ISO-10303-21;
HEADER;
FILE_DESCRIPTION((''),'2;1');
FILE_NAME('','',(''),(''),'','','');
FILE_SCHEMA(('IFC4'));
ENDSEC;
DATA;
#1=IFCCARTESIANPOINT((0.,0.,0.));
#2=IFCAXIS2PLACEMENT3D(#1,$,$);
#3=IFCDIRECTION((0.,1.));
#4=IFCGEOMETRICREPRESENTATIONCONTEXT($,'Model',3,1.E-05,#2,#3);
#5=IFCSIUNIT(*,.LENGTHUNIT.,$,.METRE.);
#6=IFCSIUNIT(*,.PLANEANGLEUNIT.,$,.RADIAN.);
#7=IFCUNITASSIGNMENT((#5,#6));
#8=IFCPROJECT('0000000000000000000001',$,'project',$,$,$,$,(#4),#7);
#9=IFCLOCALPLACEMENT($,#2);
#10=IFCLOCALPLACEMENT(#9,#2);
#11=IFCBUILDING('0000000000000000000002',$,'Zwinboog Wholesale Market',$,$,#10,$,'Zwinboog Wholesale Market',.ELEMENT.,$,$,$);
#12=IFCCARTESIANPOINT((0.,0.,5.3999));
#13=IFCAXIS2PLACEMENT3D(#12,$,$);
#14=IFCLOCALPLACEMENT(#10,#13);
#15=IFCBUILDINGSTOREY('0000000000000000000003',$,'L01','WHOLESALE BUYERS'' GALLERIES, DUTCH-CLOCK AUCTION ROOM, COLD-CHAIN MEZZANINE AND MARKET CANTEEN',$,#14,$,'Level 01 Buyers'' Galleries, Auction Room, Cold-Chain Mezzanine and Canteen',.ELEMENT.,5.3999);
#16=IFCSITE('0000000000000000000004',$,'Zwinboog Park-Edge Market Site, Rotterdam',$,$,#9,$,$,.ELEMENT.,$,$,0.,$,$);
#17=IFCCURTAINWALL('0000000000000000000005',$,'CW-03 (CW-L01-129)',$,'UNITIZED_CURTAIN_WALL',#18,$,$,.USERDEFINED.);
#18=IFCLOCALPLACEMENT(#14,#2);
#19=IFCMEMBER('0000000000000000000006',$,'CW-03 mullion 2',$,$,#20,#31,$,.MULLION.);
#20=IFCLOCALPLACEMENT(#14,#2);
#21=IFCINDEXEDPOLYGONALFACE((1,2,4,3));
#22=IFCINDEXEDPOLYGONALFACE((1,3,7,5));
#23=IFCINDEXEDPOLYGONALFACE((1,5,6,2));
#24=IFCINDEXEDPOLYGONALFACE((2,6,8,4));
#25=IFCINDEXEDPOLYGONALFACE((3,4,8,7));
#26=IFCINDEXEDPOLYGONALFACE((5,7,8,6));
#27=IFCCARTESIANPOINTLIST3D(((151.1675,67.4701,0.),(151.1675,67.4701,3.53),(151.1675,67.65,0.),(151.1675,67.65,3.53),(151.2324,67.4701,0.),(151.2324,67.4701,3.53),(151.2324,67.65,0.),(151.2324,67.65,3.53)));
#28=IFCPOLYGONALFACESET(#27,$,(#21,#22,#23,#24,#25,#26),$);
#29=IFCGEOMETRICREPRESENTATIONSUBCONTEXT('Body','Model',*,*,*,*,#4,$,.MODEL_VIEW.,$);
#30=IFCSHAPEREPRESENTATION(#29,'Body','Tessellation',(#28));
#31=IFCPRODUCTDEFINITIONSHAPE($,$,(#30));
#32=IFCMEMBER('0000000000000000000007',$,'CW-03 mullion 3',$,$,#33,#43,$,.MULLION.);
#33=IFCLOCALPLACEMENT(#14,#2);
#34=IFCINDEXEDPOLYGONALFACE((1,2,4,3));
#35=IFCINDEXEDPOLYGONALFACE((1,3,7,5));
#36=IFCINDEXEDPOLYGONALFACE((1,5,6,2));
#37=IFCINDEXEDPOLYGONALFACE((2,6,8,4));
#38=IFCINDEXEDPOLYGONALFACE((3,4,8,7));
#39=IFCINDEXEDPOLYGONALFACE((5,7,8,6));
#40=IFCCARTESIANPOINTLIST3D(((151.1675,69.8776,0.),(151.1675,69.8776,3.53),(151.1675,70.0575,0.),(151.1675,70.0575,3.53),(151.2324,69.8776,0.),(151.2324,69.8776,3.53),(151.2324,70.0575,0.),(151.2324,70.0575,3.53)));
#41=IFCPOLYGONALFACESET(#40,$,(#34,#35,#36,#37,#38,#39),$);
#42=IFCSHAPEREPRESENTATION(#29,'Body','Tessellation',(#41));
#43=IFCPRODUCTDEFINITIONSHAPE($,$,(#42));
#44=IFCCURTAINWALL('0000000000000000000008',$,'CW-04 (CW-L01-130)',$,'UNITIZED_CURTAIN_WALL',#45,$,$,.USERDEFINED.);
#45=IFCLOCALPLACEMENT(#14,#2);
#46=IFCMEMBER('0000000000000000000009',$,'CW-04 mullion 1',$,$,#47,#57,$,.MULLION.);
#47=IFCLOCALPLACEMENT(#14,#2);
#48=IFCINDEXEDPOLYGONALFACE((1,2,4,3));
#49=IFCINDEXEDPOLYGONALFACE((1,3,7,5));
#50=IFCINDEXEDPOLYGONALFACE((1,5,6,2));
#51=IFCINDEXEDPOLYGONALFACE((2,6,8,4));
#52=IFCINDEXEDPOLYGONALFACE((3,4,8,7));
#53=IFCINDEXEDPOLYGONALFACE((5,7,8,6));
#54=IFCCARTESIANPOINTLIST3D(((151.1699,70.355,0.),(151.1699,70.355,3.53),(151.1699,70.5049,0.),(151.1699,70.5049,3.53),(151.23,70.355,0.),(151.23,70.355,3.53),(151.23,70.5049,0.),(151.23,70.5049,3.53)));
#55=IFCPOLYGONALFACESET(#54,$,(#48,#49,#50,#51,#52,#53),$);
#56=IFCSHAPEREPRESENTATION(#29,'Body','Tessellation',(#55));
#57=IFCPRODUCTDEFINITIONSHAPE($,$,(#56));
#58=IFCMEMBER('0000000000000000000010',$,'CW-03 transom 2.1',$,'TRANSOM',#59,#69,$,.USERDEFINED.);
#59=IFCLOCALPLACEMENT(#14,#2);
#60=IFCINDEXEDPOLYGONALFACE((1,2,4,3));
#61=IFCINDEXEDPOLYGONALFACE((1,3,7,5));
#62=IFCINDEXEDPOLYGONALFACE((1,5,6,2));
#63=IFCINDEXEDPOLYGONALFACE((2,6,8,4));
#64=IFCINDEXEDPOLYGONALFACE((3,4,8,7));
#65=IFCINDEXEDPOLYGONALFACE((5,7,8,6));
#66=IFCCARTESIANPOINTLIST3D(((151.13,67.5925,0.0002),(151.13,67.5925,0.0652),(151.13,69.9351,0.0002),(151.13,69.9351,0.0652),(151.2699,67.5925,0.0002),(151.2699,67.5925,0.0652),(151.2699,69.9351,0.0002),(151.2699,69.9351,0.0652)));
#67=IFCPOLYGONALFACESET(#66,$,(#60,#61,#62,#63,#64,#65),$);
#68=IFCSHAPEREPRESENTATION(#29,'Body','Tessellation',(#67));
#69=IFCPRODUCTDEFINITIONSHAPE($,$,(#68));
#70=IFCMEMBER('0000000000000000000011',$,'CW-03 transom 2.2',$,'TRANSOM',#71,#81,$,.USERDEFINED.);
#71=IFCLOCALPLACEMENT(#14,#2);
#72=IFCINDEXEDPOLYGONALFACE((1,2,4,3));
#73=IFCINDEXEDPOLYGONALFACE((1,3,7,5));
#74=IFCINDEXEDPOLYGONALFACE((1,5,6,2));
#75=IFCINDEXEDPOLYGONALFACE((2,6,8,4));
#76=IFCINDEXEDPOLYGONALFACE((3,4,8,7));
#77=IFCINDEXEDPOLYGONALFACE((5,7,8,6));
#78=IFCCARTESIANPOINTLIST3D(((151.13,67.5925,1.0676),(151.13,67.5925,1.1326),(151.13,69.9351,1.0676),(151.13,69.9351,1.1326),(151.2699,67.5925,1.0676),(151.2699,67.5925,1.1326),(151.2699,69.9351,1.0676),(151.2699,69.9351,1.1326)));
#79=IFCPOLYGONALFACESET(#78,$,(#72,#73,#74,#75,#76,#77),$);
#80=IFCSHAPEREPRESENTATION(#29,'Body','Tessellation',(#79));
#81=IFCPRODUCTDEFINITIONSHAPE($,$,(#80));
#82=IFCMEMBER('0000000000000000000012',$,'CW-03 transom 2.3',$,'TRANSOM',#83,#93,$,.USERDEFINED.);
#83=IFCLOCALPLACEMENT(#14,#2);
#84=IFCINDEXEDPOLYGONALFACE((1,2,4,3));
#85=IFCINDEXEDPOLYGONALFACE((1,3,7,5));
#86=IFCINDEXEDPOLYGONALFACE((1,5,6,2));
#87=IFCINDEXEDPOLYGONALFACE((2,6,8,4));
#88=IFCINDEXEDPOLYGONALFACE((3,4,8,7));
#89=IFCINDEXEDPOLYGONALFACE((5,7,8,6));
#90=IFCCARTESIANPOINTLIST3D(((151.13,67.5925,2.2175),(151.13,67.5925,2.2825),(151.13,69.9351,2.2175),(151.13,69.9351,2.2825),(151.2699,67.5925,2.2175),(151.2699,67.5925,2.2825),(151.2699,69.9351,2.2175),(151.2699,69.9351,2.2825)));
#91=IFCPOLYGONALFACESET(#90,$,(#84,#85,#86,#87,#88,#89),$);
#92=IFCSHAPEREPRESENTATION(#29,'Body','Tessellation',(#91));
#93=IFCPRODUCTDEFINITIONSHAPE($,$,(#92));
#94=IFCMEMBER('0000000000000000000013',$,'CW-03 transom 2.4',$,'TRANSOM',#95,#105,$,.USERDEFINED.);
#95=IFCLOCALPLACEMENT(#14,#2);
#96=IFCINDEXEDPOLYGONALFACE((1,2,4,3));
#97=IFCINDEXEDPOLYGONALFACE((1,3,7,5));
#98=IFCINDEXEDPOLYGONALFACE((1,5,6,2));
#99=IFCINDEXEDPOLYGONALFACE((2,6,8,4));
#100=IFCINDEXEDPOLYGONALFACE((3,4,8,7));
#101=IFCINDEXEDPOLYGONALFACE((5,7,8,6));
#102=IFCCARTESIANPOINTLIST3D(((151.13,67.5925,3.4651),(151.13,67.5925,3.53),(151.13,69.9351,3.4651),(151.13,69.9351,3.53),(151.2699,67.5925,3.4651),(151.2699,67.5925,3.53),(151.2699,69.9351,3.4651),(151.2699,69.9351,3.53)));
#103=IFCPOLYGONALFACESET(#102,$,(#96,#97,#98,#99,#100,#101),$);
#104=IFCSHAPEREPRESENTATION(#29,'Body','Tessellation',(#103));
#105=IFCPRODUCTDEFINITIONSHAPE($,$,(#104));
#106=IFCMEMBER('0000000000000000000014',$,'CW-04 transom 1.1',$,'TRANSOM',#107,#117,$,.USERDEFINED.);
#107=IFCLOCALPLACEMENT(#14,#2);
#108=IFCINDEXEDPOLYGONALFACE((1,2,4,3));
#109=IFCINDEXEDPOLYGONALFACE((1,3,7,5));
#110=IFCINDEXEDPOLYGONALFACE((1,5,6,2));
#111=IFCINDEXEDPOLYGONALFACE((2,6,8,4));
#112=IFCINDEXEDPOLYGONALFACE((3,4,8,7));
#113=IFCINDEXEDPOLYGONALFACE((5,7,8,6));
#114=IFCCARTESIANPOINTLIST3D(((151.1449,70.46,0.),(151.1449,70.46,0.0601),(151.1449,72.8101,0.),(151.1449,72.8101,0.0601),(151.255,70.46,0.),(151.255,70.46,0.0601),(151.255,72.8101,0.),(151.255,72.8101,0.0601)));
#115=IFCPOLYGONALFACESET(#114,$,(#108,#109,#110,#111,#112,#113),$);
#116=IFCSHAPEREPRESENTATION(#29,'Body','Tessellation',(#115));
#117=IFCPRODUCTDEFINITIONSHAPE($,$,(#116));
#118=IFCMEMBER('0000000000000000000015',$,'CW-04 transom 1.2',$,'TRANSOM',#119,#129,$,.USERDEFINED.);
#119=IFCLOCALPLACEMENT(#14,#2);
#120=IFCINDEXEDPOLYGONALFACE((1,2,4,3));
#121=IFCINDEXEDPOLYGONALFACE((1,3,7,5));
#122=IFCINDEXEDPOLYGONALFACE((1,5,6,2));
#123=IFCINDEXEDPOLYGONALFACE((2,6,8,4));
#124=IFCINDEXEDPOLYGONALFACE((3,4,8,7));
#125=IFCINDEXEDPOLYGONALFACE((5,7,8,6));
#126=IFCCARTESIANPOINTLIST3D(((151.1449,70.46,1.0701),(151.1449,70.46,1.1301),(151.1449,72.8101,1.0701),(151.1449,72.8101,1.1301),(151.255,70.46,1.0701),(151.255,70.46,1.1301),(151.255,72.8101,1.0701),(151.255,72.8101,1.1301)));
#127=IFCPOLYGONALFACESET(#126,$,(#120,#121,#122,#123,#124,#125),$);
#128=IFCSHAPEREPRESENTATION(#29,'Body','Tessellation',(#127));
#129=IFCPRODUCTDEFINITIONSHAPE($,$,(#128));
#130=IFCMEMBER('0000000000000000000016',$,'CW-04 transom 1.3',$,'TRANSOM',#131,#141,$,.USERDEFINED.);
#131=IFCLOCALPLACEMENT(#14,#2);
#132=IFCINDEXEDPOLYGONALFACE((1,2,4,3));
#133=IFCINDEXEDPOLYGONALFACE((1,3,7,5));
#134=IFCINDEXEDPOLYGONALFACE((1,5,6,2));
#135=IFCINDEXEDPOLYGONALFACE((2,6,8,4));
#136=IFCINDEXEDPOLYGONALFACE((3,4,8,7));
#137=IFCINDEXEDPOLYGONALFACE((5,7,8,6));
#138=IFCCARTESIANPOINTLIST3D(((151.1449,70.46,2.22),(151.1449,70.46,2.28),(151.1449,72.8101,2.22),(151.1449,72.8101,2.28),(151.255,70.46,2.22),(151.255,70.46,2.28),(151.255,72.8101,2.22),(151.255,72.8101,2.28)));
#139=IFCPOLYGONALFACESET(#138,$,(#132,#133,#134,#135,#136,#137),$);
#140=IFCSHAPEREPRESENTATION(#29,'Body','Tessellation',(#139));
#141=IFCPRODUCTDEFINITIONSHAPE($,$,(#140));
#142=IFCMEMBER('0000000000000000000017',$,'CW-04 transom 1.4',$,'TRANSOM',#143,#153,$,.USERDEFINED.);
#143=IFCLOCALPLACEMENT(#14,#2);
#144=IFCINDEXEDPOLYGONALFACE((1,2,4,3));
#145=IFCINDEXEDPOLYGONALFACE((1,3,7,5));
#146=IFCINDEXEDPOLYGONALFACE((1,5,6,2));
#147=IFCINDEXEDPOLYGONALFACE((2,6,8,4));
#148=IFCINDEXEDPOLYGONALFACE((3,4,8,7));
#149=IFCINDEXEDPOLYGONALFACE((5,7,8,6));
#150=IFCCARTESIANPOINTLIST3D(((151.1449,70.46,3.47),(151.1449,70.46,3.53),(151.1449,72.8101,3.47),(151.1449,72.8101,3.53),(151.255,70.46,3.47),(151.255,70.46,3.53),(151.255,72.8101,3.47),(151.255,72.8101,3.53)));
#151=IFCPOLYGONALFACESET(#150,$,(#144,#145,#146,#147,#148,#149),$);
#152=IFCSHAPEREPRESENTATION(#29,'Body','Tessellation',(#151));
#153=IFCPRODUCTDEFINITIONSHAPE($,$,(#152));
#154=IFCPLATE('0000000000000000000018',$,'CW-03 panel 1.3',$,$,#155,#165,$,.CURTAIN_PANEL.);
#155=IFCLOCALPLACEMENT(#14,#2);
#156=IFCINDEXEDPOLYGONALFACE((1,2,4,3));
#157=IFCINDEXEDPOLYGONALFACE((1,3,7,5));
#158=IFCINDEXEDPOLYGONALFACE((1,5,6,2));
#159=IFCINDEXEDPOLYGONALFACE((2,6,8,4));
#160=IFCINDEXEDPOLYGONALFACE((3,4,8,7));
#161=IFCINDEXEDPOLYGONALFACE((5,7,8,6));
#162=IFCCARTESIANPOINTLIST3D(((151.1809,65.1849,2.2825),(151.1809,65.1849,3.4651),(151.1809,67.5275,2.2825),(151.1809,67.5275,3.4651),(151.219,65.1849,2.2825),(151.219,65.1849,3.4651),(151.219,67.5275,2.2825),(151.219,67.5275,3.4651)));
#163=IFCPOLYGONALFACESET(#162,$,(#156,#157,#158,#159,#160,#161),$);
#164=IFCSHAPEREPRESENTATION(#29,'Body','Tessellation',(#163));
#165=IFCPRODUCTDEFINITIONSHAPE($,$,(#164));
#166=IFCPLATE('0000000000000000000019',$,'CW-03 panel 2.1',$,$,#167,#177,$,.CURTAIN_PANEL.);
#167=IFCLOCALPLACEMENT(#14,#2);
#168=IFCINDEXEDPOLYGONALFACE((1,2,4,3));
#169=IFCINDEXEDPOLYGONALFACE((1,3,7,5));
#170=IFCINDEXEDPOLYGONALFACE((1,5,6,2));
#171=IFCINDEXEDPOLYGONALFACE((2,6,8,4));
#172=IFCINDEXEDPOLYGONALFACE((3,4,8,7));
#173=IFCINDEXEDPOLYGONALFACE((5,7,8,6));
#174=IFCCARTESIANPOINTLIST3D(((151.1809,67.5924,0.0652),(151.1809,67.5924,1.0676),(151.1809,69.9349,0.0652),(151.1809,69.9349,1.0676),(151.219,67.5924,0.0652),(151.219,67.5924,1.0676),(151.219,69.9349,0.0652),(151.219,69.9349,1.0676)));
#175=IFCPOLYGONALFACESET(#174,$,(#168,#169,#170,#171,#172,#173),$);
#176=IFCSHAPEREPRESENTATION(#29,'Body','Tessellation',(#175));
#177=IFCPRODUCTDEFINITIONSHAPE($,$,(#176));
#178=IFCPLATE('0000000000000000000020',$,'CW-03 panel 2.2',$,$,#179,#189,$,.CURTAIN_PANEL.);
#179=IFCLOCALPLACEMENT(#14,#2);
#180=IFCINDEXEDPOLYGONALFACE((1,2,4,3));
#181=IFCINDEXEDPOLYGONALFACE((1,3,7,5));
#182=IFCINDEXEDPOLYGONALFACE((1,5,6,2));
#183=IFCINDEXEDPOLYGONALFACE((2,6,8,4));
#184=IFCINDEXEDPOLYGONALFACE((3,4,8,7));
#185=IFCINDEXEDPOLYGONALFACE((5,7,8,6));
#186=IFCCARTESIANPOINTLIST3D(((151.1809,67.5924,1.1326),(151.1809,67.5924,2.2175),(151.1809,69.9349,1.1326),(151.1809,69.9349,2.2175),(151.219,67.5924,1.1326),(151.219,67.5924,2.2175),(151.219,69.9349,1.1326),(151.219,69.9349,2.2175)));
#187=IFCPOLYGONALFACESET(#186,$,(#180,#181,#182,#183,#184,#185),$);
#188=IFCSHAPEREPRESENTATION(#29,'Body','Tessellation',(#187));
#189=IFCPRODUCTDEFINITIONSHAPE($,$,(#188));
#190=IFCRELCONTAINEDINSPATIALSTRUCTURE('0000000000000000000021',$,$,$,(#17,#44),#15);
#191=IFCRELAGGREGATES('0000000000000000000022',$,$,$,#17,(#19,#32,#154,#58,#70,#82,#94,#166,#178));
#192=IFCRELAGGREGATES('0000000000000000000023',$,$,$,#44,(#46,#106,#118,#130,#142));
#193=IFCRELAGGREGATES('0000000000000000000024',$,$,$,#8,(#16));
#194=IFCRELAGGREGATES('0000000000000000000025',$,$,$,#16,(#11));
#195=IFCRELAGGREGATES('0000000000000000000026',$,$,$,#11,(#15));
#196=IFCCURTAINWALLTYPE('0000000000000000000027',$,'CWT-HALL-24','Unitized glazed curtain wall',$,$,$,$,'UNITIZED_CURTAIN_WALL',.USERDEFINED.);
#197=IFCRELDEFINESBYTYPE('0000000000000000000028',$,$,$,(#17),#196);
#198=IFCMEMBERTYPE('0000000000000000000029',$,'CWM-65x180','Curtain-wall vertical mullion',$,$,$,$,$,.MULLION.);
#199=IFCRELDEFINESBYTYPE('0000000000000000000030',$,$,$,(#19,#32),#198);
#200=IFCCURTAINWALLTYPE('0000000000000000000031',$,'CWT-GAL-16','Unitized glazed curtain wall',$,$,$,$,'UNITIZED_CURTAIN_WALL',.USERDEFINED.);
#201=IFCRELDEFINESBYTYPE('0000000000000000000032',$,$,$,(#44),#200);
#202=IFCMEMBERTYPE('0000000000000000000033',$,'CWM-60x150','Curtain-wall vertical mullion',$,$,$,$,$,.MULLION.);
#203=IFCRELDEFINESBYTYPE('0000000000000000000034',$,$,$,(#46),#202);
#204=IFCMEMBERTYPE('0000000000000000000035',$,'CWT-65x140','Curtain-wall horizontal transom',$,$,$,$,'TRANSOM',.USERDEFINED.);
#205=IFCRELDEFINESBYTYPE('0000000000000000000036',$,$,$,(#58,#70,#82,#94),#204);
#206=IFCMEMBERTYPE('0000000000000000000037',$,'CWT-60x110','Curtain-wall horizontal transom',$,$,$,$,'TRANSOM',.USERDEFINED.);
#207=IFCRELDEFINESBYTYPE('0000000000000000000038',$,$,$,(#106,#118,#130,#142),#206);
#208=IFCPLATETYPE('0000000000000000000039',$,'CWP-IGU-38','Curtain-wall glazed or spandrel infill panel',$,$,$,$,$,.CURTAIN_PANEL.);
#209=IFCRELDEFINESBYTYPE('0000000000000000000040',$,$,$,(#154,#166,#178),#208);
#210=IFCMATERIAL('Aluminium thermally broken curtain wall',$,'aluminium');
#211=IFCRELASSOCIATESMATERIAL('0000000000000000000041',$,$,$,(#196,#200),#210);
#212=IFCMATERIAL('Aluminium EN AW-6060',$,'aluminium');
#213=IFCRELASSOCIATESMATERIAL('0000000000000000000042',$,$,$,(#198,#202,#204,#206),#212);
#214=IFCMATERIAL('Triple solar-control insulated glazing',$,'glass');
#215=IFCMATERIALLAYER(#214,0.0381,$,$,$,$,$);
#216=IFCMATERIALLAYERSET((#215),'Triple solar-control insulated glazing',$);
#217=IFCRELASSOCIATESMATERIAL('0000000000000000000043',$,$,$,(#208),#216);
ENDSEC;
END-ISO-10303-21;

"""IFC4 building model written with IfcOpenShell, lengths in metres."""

from ifc_helpers import new_model, si_unit, direction, frame, origin, origin_2d, place, context, subcontext, project, spatial, rectangle, extrude, material, layer, layer_set, material_profile, profile_set, type_object, element, aggregate, save


model = new_model("IFC4")

# Units and contexts
model_context = context("Model", 3, precision=1e-05, world=origin(), true_north=direction((0.0, 1.0)))
body_context = subcontext(model_context, "Body", "Model", "MODEL_VIEW")
ifc_project = project(units=[si_unit("LENGTHUNIT", "METRE"), si_unit("PLANEANGLEUNIT", "RADIAN")], contexts=[model_context])

# Site, building, storey
site_placement = place(None, origin())
site = spatial("IfcSite", under=ifc_project, at=site_placement, Name="Zwinboog Park-Edge Market Site, Rotterdam", CompositionType="ELEMENT", RefElevation=0.0)
building_placement = place(site_placement, origin())
building = spatial("IfcBuilding", under=site, at=building_placement, Name="Zwinboog Wholesale Market", LongName="Zwinboog Wholesale Market", CompositionType="ELEMENT")
storey_placement = place(building_placement, frame((0.0, 0.0, 5.3999)))
storey = spatial("IfcBuildingStorey", under=building, at=storey_placement, Name="L01", Description="WHOLESALE BUYERS' GALLERIES, DUTCH-CLOCK AUCTION ROOM, COLD-CHAIN MEZZANINE AND MARKET CANTEEN", LongName="Level 01 Buyers' Galleries, Auction Room, Cold-Chain Mezzanine and Canteen", CompositionType="ELEMENT", Elevation=5.3999)

# Curtain wall, members
ifc_material_1 = material(Name="Aluminium thermally broken curtain wall", Category="aluminium")
curtain_wall_type_1 = type_object("IfcCurtainWallType", Name="CWT-HALL-24", Description="Unitized glazed curtain wall", ElementType="UNITIZED_CURTAIN_WALL", PredefinedType="USERDEFINED", material=ifc_material_1)
curtain_wall_1_placement = place(storey_placement, origin())
curtain_wall_1 = element("IfcCurtainWall", 1, at=curtain_wall_1_placement, inside=storey, type_object=curtain_wall_type_1, Name="CW-03 (CW-L01-129)", ObjectType="UNITIZED_CURTAIN_WALL", PredefinedType="USERDEFINED")
ifc_material_2 = material(Name="Aluminium EN AW-6060", Category="aluminium")
ifc_material_profile_1 = material_profile(ifc_material_2, rectangle(XDim=0.0649, YDim=0.1799, at=origin_2d()), Name="AL 65x180")
ifc_profile_set_1 = profile_set([ifc_material_profile_1], Name="Aluminium EN AW-6060")
member_type_1 = type_object("IfcMemberType", Name="CWM-65x180", Description="Curtain-wall vertical mullion", PredefinedType="MULLION", material=ifc_profile_set_1)
member_1_placement = place(storey_placement, frame((151.2, 67.5601, 0.0), z_axis=(0.0, 0.0, 1.0), x_axis=(-1.0, 0.0, 0.0)))
member_1 = element("IfcMember", 2, at=member_1_placement, type_object=member_type_1, Name="CW-03 mullion 2", PredefinedType="MULLION", context=body_context, shape_type="SweptSolid", body=[
    extrude(rectangle(XDim=0.0649, YDim=0.1799, at=origin_2d()), origin(), (0.0, 0.0, 1.0), 3.53),
])
member_2_placement = place(storey_placement, frame((151.2, 69.9675, 0.0), z_axis=(0.0, 0.0, 1.0), x_axis=(-1.0, 0.0, 0.0)))
member_2 = element("IfcMember", 3, at=member_2_placement, type_object=member_type_1, Name="CW-03 mullion 3", PredefinedType="MULLION", context=body_context, shape_type="SweptSolid", body=[
    extrude(rectangle(XDim=0.0649, YDim=0.1799, at=origin_2d()), origin(), (0.0, 0.0, 1.0), 3.53),
])

# Curtain wall, member
curtain_wall_type_2 = type_object("IfcCurtainWallType", Name="CWT-GAL-16", Description="Unitized glazed curtain wall", ElementType="UNITIZED_CURTAIN_WALL", PredefinedType="USERDEFINED", material=ifc_material_1)
curtain_wall_2_placement = place(storey_placement, origin())
curtain_wall_2 = element("IfcCurtainWall", 4, at=curtain_wall_2_placement, inside=storey, type_object=curtain_wall_type_2, Name="CW-04 (CW-L01-130)", ObjectType="UNITIZED_CURTAIN_WALL", PredefinedType="USERDEFINED")
ifc_material_profile_2 = material_profile(ifc_material_2, rectangle(XDim=0.0601, YDim=0.1499, at=origin_2d()), Name="AL 60x150")
ifc_profile_set_2 = profile_set([ifc_material_profile_2], Name="Aluminium EN AW-6060")
member_type_2 = type_object("IfcMemberType", Name="CWM-60x150", Description="Curtain-wall vertical mullion", PredefinedType="MULLION", material=ifc_profile_set_2)
member_3_placement = place(storey_placement, frame((151.2, 70.4299, 0.0), z_axis=(0.0, 0.0, 1.0), x_axis=(-1.0, 0.0, 0.0)))
member_3 = element("IfcMember", 5, at=member_3_placement, type_object=member_type_2, Name="CW-04 mullion 1", PredefinedType="MULLION", context=body_context, shape_type="SweptSolid", body=[
    extrude(rectangle(XDim=0.0601, YDim=0.1499, at=origin_2d()), origin(), (0.0, 0.0, 1.0), 3.53),
])

# Members
ifc_material_profile_3 = material_profile(ifc_material_2, rectangle(XDim=0.1399, YDim=0.0649, at=origin_2d()), Name="AL 65x140")
ifc_profile_set_3 = profile_set([ifc_material_profile_3], Name="Aluminium EN AW-6060")
member_type_3 = type_object("IfcMemberType", Name="CWT-65x140", Description="Curtain-wall horizontal transom", ElementType="TRANSOM", PredefinedType="USERDEFINED", material=ifc_profile_set_3)
member_4_placement = place(storey_placement, frame((151.2, 67.5925, 0.0327), z_axis=(0.0, 1.0, 0.0), x_axis=(-1.0, 0.0, 0.0)))
member_4 = element("IfcMember", 6, at=member_4_placement, type_object=member_type_3, Name="CW-03 transom 2.1", ObjectType="TRANSOM", PredefinedType="USERDEFINED", context=body_context, shape_type="SweptSolid", body=[
    extrude(rectangle(XDim=0.1399, YDim=0.0649, at=origin_2d()), origin(), (0.0, 0.0, 1.0), 2.3425),
])
member_5_placement = place(storey_placement, frame((151.2, 67.5925, 1.1001), z_axis=(0.0, 1.0, 0.0), x_axis=(-1.0, 0.0, 0.0)))
member_5 = element("IfcMember", 7, at=member_5_placement, type_object=member_type_3, Name="CW-03 transom 2.2", ObjectType="TRANSOM", PredefinedType="USERDEFINED", context=body_context, shape_type="SweptSolid", body=[
    extrude(rectangle(XDim=0.1399, YDim=0.0649, at=origin_2d()), origin(), (0.0, 0.0, 1.0), 2.3425),
])
member_6_placement = place(storey_placement, frame((151.2, 67.5925, 2.25), z_axis=(0.0, 1.0, 0.0), x_axis=(-1.0, 0.0, 0.0)))
member_6 = element("IfcMember", 8, at=member_6_placement, type_object=member_type_3, Name="CW-03 transom 2.3", ObjectType="TRANSOM", PredefinedType="USERDEFINED", context=body_context, shape_type="SweptSolid", body=[
    extrude(rectangle(XDim=0.1399, YDim=0.0649, at=origin_2d()), origin(), (0.0, 0.0, 1.0), 2.3425),
])
member_7_placement = place(storey_placement, frame((151.2, 67.5925, 3.4976), z_axis=(0.0, 1.0, 0.0), x_axis=(-1.0, 0.0, 0.0)))
member_7 = element("IfcMember", 9, at=member_7_placement, type_object=member_type_3, Name="CW-03 transom 2.4", ObjectType="TRANSOM", PredefinedType="USERDEFINED", context=body_context, shape_type="SweptSolid", body=[
    extrude(rectangle(XDim=0.1399, YDim=0.0649, at=origin_2d()), origin(), (0.0, 0.0, 1.0), 2.3425),
])
ifc_material_profile_4 = material_profile(ifc_material_2, rectangle(XDim=0.1101, YDim=0.0601, at=origin_2d()), Name="AL 60x110")
ifc_profile_set_4 = profile_set([ifc_material_profile_4], Name="Aluminium EN AW-6060")
member_type_4 = type_object("IfcMemberType", Name="CWT-60x110", Description="Curtain-wall horizontal transom", ElementType="TRANSOM", PredefinedType="USERDEFINED", material=ifc_profile_set_4)
member_8_placement = place(storey_placement, frame((151.2, 70.46, 0.03), z_axis=(0.0, 1.0, 0.0), x_axis=(-1.0, 0.0, 0.0)))
member_8 = element("IfcMember", 10, at=member_8_placement, type_object=member_type_4, Name="CW-04 transom 1.1", ObjectType="TRANSOM", PredefinedType="USERDEFINED", context=body_context, shape_type="SweptSolid", body=[
    extrude(rectangle(XDim=0.1101, YDim=0.0601, at=origin_2d()), origin(), (0.0, 0.0, 1.0), 2.3501),
])
member_9_placement = place(storey_placement, frame((151.2, 70.46, 1.1001), z_axis=(0.0, 1.0, 0.0), x_axis=(-1.0, 0.0, 0.0)))
member_9 = element("IfcMember", 11, at=member_9_placement, type_object=member_type_4, Name="CW-04 transom 1.2", ObjectType="TRANSOM", PredefinedType="USERDEFINED", context=body_context, shape_type="SweptSolid", body=[
    extrude(rectangle(XDim=0.1101, YDim=0.0601, at=origin_2d()), origin(), (0.0, 0.0, 1.0), 2.3501),
])
member_10_placement = place(storey_placement, frame((151.2, 70.46, 2.25), z_axis=(0.0, 1.0, 0.0), x_axis=(-1.0, 0.0, 0.0)))
member_10 = element("IfcMember", 12, at=member_10_placement, type_object=member_type_4, Name="CW-04 transom 1.3", ObjectType="TRANSOM", PredefinedType="USERDEFINED", context=body_context, shape_type="SweptSolid", body=[
    extrude(rectangle(XDim=0.1101, YDim=0.0601, at=origin_2d()), origin(), (0.0, 0.0, 1.0), 2.3501),
])
member_11_placement = place(storey_placement, frame((151.2, 70.46, 3.5), z_axis=(0.0, 1.0, 0.0), x_axis=(-1.0, 0.0, 0.0)))
member_11 = element("IfcMember", 13, at=member_11_placement, type_object=member_type_4, Name="CW-04 transom 1.4", ObjectType="TRANSOM", PredefinedType="USERDEFINED", context=body_context, shape_type="SweptSolid", body=[
    extrude(rectangle(XDim=0.1101, YDim=0.0601, at=origin_2d()), origin(), (0.0, 0.0, 1.0), 2.3501),
])

# Plates
ifc_material_3 = material(Name="Triple solar-control insulated glazing", Category="glass")
ifc_layer_1 = layer(ifc_material_3, 0.0381)
ifc_layer_set_1 = layer_set([ifc_layer_1], Name="Triple solar-control insulated glazing")
plate_type = type_object("IfcPlateType", Name="CWP-IGU-38", Description="Curtain-wall glazed or spandrel infill panel", PredefinedType="CURTAIN_PANEL", material=ifc_layer_set_1)
plate_1_placement = place(storey_placement, frame((151.2, 66.3562, 2.2825), z_axis=(0.0, 0.0, 1.0), x_axis=(0.0, 1.0, 0.0)))
plate_1 = element("IfcPlate", 14, at=plate_1_placement, type_object=plate_type, Name="CW-03 panel 1.3", PredefinedType="CURTAIN_PANEL", context=body_context, shape_type="SweptSolid", body=[
    extrude(rectangle(XDim=2.3425, YDim=0.0381, at=origin_2d()), origin(), (0.0, 0.0, 1.0), 1.1826),
])
plate_2_placement = place(storey_placement, frame((151.2, 68.7637, 0.0652), z_axis=(0.0, 0.0, 1.0), x_axis=(0.0, 1.0, 0.0)))
plate_2 = element("IfcPlate", 15, at=plate_2_placement, type_object=plate_type, Name="CW-03 panel 2.1", PredefinedType="CURTAIN_PANEL", context=body_context, shape_type="SweptSolid", body=[
    extrude(rectangle(XDim=2.3425, YDim=0.0381, at=origin_2d()), origin(), (0.0, 0.0, 1.0), 1.0024),
])
plate_3_placement = place(storey_placement, frame((151.2, 68.7637, 1.1326), z_axis=(0.0, 0.0, 1.0), x_axis=(0.0, 1.0, 0.0)))
plate_3 = element("IfcPlate", 16, at=plate_3_placement, type_object=plate_type, Name="CW-03 panel 2.2", PredefinedType="CURTAIN_PANEL", context=body_context, shape_type="SweptSolid", body=[
    extrude(rectangle(XDim=2.3425, YDim=0.0381, at=origin_2d()), origin(), (0.0, 0.0, 1.0), 1.085),
])
aggregate(curtain_wall_1, [member_1, member_2, plate_1, member_4, member_5, member_6, member_7, plate_2, plate_3])
aggregate(curtain_wall_2, [member_3, member_8, member_9, member_10, member_11])

save(model, "model.ifc")
